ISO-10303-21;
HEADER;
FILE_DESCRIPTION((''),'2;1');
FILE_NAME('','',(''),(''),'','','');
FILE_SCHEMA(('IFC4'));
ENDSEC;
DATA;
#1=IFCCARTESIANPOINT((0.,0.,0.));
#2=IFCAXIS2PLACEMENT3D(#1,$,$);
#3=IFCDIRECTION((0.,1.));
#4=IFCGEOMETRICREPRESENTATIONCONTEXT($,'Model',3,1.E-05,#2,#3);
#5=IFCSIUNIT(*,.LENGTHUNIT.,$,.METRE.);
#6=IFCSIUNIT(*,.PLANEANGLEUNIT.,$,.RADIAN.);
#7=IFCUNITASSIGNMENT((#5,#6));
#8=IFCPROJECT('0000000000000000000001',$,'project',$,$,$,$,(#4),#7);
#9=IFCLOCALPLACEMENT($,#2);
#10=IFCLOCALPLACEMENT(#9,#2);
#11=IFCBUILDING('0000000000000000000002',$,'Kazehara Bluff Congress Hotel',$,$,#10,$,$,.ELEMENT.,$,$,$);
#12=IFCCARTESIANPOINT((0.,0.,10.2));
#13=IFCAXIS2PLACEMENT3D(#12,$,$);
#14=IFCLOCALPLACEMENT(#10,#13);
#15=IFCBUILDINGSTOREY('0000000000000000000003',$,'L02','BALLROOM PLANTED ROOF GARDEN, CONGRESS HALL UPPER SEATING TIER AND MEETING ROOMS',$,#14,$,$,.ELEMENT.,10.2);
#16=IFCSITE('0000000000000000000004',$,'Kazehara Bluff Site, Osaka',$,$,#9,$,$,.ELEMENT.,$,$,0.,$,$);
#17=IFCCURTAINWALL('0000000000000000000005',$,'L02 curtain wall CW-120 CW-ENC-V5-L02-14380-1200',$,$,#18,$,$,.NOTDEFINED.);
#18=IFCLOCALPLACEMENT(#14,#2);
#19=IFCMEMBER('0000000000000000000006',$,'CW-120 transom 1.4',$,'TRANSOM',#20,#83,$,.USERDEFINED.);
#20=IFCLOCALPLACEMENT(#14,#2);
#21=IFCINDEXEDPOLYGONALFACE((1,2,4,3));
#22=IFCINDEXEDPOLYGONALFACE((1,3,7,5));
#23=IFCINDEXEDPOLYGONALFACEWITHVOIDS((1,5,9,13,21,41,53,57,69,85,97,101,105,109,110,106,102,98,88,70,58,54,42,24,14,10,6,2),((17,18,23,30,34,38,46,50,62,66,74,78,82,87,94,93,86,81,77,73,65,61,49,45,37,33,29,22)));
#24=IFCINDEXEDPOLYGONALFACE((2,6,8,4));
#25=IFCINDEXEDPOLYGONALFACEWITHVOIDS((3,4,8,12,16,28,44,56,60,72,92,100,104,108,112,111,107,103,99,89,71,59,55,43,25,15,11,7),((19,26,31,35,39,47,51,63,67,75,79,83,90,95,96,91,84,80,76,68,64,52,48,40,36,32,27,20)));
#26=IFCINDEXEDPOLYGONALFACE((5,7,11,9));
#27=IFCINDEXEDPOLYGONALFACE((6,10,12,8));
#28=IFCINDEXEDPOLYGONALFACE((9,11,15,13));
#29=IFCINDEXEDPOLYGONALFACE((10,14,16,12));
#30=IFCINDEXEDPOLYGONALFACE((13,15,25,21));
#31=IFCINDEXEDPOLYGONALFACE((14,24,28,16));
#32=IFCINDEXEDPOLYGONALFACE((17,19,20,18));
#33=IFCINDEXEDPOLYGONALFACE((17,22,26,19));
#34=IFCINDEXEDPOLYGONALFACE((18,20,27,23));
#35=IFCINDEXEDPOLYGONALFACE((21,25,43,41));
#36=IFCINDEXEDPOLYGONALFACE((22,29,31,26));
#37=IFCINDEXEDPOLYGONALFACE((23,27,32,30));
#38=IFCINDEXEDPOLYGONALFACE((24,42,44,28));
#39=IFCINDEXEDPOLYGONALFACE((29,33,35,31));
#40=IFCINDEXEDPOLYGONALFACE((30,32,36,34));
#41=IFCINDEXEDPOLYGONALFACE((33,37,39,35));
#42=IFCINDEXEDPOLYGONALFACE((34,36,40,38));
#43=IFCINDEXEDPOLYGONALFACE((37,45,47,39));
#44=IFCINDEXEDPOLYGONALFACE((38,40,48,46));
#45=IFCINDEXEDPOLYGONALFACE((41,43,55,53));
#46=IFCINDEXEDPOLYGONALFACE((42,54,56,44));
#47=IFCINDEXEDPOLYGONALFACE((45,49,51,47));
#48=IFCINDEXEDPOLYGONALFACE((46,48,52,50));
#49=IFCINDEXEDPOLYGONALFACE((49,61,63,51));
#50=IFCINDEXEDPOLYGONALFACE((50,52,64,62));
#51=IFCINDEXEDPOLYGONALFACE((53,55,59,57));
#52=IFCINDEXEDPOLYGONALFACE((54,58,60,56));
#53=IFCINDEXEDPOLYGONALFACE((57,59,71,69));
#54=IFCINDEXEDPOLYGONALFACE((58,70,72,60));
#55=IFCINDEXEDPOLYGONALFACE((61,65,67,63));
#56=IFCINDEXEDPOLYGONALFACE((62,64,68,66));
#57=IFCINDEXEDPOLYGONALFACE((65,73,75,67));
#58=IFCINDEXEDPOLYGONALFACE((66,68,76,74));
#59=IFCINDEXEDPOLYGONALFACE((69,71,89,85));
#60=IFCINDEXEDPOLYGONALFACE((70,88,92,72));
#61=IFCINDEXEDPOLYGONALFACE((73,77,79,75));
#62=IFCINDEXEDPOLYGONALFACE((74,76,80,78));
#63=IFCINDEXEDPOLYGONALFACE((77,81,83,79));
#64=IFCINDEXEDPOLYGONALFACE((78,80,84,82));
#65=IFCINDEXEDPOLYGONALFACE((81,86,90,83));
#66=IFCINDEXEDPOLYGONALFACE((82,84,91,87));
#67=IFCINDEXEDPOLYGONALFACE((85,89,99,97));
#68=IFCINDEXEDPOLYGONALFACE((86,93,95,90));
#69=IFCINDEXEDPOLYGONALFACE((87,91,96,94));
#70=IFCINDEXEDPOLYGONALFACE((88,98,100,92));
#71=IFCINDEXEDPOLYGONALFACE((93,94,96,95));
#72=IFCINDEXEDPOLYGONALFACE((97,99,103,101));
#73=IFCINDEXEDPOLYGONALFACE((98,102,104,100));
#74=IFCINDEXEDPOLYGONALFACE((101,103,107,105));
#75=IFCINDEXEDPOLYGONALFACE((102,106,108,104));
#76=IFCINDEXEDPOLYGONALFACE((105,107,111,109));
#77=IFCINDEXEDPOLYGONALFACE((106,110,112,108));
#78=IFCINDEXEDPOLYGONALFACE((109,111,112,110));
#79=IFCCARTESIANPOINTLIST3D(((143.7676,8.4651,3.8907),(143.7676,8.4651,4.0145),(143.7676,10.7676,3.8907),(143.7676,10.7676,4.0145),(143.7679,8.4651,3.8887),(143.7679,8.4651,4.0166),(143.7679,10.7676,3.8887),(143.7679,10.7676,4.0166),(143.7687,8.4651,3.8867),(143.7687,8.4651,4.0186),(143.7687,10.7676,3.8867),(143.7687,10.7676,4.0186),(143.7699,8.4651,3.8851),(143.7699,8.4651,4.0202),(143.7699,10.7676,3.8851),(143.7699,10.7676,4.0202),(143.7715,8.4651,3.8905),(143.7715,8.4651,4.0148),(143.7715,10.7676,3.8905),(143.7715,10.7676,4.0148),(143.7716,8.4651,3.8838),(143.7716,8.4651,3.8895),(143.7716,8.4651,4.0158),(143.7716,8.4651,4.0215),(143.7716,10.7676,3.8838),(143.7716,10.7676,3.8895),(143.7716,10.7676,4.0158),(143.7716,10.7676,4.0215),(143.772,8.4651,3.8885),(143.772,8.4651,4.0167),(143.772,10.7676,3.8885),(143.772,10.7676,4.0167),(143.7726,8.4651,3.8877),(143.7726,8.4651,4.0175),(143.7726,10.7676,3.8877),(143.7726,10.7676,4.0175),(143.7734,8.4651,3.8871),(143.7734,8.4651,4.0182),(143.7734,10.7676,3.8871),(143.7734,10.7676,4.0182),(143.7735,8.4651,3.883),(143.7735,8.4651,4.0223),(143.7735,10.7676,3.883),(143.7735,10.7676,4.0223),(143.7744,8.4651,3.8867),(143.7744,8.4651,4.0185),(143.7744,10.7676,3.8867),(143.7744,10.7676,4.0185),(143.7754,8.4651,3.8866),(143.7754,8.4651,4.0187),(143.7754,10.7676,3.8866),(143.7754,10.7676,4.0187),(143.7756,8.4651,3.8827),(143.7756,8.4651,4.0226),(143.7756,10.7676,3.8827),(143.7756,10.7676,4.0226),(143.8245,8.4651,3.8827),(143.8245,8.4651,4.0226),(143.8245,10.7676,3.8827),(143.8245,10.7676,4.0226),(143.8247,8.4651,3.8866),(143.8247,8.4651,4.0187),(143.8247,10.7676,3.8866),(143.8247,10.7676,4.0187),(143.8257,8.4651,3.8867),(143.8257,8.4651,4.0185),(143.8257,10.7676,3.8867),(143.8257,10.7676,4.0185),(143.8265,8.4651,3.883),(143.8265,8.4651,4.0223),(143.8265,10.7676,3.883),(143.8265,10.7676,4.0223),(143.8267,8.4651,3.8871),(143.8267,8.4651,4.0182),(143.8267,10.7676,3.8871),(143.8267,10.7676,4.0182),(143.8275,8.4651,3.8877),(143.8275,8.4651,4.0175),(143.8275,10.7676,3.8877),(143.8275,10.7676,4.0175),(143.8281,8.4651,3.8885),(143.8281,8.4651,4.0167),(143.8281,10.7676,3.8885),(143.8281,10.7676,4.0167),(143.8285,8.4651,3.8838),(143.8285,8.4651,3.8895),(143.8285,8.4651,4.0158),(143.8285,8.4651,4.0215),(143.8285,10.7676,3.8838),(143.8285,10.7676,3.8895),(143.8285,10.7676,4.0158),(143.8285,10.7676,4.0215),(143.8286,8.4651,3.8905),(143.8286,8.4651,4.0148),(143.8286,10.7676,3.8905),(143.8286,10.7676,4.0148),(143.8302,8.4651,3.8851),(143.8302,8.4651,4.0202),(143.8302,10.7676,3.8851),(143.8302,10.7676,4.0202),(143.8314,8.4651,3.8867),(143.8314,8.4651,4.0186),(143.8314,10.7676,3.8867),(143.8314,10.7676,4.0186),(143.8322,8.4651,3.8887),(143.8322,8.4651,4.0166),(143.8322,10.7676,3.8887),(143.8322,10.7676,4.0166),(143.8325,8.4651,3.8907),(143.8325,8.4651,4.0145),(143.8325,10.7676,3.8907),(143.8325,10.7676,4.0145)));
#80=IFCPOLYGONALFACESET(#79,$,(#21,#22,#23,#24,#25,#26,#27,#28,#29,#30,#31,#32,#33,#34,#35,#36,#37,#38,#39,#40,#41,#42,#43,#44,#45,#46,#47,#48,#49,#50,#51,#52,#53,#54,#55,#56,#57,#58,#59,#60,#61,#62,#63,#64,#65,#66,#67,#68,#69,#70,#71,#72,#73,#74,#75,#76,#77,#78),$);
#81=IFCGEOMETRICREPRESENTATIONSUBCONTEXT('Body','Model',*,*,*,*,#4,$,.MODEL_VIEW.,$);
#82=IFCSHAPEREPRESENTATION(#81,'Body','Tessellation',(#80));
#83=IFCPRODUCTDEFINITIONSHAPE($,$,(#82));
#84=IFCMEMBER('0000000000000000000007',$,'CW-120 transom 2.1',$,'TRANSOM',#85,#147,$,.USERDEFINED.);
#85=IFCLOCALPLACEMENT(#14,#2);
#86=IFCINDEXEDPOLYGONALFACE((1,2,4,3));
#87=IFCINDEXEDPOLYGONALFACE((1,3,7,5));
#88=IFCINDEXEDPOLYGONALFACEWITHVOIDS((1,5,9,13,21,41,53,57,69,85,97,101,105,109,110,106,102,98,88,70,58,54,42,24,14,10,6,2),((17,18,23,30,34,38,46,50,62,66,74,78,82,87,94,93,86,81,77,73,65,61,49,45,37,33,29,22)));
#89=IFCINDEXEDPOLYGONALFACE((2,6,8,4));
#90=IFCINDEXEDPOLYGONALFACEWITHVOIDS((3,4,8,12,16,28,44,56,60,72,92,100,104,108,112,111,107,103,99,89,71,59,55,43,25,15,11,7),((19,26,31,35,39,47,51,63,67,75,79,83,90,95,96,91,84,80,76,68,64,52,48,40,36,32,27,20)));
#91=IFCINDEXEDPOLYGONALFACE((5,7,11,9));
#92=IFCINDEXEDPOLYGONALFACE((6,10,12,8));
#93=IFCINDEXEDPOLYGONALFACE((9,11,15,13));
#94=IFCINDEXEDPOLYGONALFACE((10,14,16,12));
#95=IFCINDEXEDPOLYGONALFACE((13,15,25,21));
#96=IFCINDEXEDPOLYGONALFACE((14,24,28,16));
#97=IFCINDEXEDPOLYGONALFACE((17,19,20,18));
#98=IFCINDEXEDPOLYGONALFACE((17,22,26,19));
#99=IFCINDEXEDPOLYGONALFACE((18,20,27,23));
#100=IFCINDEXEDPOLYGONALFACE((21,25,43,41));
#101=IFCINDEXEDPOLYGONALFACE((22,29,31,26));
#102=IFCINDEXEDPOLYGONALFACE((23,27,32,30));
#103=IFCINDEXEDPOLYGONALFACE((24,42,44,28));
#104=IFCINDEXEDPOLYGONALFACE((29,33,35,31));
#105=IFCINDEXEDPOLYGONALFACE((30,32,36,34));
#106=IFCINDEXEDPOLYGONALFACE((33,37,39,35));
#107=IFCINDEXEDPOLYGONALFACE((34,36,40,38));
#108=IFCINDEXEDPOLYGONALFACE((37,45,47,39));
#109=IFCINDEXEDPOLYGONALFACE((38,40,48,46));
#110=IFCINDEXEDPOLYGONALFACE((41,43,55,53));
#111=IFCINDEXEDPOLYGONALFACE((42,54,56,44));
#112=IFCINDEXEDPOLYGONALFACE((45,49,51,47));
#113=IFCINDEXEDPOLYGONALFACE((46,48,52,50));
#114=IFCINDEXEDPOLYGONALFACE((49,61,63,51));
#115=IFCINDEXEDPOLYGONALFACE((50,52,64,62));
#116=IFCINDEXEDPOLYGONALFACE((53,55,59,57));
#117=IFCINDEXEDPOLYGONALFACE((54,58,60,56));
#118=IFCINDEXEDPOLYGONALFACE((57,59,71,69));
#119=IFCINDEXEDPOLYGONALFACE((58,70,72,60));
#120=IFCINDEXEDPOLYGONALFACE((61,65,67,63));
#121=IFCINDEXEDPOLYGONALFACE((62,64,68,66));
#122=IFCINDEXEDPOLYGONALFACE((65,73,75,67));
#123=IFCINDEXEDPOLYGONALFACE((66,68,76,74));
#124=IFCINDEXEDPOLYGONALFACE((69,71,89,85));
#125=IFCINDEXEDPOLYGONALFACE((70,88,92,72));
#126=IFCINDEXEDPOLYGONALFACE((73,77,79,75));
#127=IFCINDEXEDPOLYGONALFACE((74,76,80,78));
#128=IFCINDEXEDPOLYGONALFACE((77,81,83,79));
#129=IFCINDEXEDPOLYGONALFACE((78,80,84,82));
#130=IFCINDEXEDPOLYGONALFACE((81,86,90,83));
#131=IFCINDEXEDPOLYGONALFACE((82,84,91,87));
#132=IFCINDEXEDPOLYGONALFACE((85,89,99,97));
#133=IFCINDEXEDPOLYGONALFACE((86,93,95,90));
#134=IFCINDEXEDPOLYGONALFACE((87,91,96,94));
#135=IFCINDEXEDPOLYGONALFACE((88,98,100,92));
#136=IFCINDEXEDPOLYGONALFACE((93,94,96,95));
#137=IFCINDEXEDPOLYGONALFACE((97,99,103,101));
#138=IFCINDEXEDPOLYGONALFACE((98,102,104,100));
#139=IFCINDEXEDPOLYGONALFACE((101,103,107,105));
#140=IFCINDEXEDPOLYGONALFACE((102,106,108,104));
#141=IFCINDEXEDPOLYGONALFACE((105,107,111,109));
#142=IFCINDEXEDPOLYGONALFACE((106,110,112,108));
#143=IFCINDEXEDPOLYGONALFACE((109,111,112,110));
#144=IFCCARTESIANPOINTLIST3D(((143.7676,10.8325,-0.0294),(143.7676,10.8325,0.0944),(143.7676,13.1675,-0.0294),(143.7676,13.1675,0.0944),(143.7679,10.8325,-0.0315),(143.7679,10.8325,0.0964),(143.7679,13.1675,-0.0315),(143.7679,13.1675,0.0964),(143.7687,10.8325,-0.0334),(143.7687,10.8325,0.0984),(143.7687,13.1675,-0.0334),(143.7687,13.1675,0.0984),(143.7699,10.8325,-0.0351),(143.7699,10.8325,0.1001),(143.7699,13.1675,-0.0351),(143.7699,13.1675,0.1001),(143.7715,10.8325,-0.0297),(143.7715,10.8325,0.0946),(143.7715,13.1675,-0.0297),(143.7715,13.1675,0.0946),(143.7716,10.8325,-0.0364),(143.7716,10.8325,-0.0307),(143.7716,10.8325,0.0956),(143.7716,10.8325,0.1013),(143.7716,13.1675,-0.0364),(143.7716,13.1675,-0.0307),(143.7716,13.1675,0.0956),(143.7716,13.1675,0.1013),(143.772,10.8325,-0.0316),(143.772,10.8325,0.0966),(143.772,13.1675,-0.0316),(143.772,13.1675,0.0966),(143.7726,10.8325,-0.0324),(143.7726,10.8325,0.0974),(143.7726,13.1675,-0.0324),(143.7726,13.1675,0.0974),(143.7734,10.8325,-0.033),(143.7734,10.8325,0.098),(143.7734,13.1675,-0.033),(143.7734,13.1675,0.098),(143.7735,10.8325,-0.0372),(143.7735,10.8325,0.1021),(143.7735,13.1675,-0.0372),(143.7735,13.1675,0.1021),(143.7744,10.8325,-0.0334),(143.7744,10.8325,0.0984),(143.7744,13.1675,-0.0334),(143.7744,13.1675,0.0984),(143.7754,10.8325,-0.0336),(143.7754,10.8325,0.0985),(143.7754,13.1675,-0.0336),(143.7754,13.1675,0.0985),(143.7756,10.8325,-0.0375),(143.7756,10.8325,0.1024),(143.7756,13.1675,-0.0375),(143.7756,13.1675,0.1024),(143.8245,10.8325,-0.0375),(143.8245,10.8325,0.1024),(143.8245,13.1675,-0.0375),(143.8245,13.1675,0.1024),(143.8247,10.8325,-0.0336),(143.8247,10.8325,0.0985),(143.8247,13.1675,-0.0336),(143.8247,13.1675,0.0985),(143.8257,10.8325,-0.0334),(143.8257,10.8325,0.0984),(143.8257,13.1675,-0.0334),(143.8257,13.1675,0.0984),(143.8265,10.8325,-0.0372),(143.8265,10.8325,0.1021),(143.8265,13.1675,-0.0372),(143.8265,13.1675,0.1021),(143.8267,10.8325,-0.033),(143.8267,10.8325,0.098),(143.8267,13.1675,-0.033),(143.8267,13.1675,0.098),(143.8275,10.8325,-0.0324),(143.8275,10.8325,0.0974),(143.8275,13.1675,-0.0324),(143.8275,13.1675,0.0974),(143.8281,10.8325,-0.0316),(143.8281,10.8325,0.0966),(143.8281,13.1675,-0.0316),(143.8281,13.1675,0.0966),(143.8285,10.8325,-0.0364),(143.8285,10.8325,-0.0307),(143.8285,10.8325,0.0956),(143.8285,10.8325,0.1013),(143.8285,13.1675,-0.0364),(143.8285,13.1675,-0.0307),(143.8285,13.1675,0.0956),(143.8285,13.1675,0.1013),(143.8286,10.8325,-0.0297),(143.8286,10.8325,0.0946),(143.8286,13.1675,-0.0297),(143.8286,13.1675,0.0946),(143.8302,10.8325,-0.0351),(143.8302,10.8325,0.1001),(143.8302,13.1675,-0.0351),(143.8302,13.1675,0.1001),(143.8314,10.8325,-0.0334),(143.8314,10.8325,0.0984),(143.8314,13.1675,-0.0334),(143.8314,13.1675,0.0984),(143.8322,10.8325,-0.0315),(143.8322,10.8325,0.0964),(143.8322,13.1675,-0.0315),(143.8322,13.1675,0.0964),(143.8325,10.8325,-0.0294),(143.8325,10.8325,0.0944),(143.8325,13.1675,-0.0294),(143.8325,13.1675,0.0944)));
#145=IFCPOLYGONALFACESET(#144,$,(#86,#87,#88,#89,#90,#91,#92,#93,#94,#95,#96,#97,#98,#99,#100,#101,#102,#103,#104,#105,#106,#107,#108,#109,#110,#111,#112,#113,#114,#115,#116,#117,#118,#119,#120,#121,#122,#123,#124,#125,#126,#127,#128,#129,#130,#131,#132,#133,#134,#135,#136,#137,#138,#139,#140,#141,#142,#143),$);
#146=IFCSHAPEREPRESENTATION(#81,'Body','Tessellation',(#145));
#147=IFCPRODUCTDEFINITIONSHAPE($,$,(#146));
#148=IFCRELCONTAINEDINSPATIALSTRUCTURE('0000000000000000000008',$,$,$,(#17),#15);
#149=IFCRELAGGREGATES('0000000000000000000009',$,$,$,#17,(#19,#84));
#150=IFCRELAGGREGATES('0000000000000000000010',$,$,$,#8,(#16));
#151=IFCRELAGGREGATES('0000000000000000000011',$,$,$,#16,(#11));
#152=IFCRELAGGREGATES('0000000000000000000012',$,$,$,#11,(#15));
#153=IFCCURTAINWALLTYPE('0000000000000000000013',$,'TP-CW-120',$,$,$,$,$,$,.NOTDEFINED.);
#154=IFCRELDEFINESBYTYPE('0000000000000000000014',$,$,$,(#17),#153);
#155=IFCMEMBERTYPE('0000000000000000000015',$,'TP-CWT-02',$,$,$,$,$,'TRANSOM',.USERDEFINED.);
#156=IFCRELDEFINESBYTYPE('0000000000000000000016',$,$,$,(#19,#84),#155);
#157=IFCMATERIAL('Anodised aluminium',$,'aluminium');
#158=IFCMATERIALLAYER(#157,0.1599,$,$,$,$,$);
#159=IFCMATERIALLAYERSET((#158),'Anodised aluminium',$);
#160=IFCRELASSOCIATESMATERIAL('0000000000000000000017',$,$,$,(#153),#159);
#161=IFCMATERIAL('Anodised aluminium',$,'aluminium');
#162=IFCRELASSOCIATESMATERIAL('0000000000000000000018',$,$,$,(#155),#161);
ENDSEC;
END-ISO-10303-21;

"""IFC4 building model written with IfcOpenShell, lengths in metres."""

from ifc_helpers import new_model, si_unit, direction, frame, origin, origin_2d, place, context, subcontext, project, spatial, hollow_rectangle, extrude, material, layer, layer_set, material_profile, profile_set, type_object, element, aggregate, save


model = new_model("IFC4")

# Units and contexts
model_context = context("Model", 3, precision=1e-05, world=origin(), true_north=direction((0.0, 1.0)))
body_context = subcontext(model_context, "Body", "Model", "MODEL_VIEW")
ifc_project = project(units=[si_unit("LENGTHUNIT", "METRE"), si_unit("PLANEANGLEUNIT", "RADIAN")], contexts=[model_context])

# Site, building, storey
site_placement = place(None, origin())
site = spatial("IfcSite", under=ifc_project, at=site_placement, Name="Kazehara Bluff Site, Osaka", CompositionType="ELEMENT", RefElevation=0.0)
building_placement = place(site_placement, origin())
building = spatial("IfcBuilding", under=site, at=building_placement, Name="Kazehara Bluff Congress Hotel", CompositionType="ELEMENT")
storey_placement = place(building_placement, frame((0.0, 0.0, 10.2)))
storey = spatial("IfcBuildingStorey", under=building, at=storey_placement, Name="L02", Description="BALLROOM PLANTED ROOF GARDEN, CONGRESS HALL UPPER SEATING TIER AND MEETING ROOMS", CompositionType="ELEMENT", Elevation=10.2)

# Curtain wall
ifc_material_1 = material(Name="Anodised aluminium", Category="aluminium")
ifc_layer_1 = layer(ifc_material_1, 0.1599)
ifc_layer_set_1 = layer_set([ifc_layer_1], Name="Anodised aluminium")
curtain_wall_type_1 = type_object("IfcCurtainWallType", Name="TP-CW-120", PredefinedType="NOTDEFINED", material=ifc_layer_set_1)
curtain_wall_1_placement = place(storey_placement, origin())
curtain_wall_1 = element("IfcCurtainWall", 1, at=curtain_wall_1_placement, inside=storey, type_object=curtain_wall_type_1, Name="L02 curtain wall CW-120 CW-ENC-V5-L02-14380-1200", PredefinedType="NOTDEFINED")

# Shared definitions
ifc_material_2 = material(Name="Anodised aluminium", Category="aluminium")
ifc_material_profile_1 = material_profile(ifc_material_2, hollow_rectangle(XDim=0.0649, YDim=0.1399, WallThickness=0.0039, InnerFilletRadius=0.0039, OuterFilletRadius=0.0081, at=origin_2d()))
ifc_profile_set_1 = profile_set([ifc_material_profile_1], Name="Anodised aluminium")
member_type_1 = type_object("IfcMemberType", Name="TP-CWT-02", ElementType="TRANSOM", PredefinedType="USERDEFINED", material=ifc_profile_set_1)

# Members
member_1_placement = place(storey_placement, frame((143.8, 8.4651, 3.9526), z_axis=(0.0, 1.0, 0.0), x_axis=(-1.0, 0.0, 0.0)))
member_1 = element("IfcMember", 2, at=member_1_placement, type_object=member_type_1, Name="CW-120 transom 1.4", ObjectType="TRANSOM", PredefinedType="USERDEFINED", context=body_context, shape_type="SweptSolid", body=[
    extrude(hollow_rectangle(XDim=0.0649, YDim=0.1399, WallThickness=0.0039, InnerFilletRadius=0.0039, OuterFilletRadius=0.0081, at=origin_2d()), origin(), (0.0, 0.0, 1.0), 2.3025),
])
member_2_placement = place(storey_placement, frame((143.8, 10.8325, 0.0325), z_axis=(0.0, 1.0, 0.0), x_axis=(-1.0, 0.0, 0.0)))
member_2 = element("IfcMember", 3, at=member_2_placement, type_object=member_type_1, Name="CW-120 transom 2.1", ObjectType="TRANSOM", PredefinedType="USERDEFINED", context=body_context, shape_type="SweptSolid", body=[
    extrude(hollow_rectangle(XDim=0.0649, YDim=0.1399, WallThickness=0.0039, InnerFilletRadius=0.0039, OuterFilletRadius=0.0081, at=origin_2d()), origin(), (0.0, 0.0, 1.0), 2.335),
])

aggregate(curtain_wall_1, [member_1, member_2])

save(model, "model.ifc")
